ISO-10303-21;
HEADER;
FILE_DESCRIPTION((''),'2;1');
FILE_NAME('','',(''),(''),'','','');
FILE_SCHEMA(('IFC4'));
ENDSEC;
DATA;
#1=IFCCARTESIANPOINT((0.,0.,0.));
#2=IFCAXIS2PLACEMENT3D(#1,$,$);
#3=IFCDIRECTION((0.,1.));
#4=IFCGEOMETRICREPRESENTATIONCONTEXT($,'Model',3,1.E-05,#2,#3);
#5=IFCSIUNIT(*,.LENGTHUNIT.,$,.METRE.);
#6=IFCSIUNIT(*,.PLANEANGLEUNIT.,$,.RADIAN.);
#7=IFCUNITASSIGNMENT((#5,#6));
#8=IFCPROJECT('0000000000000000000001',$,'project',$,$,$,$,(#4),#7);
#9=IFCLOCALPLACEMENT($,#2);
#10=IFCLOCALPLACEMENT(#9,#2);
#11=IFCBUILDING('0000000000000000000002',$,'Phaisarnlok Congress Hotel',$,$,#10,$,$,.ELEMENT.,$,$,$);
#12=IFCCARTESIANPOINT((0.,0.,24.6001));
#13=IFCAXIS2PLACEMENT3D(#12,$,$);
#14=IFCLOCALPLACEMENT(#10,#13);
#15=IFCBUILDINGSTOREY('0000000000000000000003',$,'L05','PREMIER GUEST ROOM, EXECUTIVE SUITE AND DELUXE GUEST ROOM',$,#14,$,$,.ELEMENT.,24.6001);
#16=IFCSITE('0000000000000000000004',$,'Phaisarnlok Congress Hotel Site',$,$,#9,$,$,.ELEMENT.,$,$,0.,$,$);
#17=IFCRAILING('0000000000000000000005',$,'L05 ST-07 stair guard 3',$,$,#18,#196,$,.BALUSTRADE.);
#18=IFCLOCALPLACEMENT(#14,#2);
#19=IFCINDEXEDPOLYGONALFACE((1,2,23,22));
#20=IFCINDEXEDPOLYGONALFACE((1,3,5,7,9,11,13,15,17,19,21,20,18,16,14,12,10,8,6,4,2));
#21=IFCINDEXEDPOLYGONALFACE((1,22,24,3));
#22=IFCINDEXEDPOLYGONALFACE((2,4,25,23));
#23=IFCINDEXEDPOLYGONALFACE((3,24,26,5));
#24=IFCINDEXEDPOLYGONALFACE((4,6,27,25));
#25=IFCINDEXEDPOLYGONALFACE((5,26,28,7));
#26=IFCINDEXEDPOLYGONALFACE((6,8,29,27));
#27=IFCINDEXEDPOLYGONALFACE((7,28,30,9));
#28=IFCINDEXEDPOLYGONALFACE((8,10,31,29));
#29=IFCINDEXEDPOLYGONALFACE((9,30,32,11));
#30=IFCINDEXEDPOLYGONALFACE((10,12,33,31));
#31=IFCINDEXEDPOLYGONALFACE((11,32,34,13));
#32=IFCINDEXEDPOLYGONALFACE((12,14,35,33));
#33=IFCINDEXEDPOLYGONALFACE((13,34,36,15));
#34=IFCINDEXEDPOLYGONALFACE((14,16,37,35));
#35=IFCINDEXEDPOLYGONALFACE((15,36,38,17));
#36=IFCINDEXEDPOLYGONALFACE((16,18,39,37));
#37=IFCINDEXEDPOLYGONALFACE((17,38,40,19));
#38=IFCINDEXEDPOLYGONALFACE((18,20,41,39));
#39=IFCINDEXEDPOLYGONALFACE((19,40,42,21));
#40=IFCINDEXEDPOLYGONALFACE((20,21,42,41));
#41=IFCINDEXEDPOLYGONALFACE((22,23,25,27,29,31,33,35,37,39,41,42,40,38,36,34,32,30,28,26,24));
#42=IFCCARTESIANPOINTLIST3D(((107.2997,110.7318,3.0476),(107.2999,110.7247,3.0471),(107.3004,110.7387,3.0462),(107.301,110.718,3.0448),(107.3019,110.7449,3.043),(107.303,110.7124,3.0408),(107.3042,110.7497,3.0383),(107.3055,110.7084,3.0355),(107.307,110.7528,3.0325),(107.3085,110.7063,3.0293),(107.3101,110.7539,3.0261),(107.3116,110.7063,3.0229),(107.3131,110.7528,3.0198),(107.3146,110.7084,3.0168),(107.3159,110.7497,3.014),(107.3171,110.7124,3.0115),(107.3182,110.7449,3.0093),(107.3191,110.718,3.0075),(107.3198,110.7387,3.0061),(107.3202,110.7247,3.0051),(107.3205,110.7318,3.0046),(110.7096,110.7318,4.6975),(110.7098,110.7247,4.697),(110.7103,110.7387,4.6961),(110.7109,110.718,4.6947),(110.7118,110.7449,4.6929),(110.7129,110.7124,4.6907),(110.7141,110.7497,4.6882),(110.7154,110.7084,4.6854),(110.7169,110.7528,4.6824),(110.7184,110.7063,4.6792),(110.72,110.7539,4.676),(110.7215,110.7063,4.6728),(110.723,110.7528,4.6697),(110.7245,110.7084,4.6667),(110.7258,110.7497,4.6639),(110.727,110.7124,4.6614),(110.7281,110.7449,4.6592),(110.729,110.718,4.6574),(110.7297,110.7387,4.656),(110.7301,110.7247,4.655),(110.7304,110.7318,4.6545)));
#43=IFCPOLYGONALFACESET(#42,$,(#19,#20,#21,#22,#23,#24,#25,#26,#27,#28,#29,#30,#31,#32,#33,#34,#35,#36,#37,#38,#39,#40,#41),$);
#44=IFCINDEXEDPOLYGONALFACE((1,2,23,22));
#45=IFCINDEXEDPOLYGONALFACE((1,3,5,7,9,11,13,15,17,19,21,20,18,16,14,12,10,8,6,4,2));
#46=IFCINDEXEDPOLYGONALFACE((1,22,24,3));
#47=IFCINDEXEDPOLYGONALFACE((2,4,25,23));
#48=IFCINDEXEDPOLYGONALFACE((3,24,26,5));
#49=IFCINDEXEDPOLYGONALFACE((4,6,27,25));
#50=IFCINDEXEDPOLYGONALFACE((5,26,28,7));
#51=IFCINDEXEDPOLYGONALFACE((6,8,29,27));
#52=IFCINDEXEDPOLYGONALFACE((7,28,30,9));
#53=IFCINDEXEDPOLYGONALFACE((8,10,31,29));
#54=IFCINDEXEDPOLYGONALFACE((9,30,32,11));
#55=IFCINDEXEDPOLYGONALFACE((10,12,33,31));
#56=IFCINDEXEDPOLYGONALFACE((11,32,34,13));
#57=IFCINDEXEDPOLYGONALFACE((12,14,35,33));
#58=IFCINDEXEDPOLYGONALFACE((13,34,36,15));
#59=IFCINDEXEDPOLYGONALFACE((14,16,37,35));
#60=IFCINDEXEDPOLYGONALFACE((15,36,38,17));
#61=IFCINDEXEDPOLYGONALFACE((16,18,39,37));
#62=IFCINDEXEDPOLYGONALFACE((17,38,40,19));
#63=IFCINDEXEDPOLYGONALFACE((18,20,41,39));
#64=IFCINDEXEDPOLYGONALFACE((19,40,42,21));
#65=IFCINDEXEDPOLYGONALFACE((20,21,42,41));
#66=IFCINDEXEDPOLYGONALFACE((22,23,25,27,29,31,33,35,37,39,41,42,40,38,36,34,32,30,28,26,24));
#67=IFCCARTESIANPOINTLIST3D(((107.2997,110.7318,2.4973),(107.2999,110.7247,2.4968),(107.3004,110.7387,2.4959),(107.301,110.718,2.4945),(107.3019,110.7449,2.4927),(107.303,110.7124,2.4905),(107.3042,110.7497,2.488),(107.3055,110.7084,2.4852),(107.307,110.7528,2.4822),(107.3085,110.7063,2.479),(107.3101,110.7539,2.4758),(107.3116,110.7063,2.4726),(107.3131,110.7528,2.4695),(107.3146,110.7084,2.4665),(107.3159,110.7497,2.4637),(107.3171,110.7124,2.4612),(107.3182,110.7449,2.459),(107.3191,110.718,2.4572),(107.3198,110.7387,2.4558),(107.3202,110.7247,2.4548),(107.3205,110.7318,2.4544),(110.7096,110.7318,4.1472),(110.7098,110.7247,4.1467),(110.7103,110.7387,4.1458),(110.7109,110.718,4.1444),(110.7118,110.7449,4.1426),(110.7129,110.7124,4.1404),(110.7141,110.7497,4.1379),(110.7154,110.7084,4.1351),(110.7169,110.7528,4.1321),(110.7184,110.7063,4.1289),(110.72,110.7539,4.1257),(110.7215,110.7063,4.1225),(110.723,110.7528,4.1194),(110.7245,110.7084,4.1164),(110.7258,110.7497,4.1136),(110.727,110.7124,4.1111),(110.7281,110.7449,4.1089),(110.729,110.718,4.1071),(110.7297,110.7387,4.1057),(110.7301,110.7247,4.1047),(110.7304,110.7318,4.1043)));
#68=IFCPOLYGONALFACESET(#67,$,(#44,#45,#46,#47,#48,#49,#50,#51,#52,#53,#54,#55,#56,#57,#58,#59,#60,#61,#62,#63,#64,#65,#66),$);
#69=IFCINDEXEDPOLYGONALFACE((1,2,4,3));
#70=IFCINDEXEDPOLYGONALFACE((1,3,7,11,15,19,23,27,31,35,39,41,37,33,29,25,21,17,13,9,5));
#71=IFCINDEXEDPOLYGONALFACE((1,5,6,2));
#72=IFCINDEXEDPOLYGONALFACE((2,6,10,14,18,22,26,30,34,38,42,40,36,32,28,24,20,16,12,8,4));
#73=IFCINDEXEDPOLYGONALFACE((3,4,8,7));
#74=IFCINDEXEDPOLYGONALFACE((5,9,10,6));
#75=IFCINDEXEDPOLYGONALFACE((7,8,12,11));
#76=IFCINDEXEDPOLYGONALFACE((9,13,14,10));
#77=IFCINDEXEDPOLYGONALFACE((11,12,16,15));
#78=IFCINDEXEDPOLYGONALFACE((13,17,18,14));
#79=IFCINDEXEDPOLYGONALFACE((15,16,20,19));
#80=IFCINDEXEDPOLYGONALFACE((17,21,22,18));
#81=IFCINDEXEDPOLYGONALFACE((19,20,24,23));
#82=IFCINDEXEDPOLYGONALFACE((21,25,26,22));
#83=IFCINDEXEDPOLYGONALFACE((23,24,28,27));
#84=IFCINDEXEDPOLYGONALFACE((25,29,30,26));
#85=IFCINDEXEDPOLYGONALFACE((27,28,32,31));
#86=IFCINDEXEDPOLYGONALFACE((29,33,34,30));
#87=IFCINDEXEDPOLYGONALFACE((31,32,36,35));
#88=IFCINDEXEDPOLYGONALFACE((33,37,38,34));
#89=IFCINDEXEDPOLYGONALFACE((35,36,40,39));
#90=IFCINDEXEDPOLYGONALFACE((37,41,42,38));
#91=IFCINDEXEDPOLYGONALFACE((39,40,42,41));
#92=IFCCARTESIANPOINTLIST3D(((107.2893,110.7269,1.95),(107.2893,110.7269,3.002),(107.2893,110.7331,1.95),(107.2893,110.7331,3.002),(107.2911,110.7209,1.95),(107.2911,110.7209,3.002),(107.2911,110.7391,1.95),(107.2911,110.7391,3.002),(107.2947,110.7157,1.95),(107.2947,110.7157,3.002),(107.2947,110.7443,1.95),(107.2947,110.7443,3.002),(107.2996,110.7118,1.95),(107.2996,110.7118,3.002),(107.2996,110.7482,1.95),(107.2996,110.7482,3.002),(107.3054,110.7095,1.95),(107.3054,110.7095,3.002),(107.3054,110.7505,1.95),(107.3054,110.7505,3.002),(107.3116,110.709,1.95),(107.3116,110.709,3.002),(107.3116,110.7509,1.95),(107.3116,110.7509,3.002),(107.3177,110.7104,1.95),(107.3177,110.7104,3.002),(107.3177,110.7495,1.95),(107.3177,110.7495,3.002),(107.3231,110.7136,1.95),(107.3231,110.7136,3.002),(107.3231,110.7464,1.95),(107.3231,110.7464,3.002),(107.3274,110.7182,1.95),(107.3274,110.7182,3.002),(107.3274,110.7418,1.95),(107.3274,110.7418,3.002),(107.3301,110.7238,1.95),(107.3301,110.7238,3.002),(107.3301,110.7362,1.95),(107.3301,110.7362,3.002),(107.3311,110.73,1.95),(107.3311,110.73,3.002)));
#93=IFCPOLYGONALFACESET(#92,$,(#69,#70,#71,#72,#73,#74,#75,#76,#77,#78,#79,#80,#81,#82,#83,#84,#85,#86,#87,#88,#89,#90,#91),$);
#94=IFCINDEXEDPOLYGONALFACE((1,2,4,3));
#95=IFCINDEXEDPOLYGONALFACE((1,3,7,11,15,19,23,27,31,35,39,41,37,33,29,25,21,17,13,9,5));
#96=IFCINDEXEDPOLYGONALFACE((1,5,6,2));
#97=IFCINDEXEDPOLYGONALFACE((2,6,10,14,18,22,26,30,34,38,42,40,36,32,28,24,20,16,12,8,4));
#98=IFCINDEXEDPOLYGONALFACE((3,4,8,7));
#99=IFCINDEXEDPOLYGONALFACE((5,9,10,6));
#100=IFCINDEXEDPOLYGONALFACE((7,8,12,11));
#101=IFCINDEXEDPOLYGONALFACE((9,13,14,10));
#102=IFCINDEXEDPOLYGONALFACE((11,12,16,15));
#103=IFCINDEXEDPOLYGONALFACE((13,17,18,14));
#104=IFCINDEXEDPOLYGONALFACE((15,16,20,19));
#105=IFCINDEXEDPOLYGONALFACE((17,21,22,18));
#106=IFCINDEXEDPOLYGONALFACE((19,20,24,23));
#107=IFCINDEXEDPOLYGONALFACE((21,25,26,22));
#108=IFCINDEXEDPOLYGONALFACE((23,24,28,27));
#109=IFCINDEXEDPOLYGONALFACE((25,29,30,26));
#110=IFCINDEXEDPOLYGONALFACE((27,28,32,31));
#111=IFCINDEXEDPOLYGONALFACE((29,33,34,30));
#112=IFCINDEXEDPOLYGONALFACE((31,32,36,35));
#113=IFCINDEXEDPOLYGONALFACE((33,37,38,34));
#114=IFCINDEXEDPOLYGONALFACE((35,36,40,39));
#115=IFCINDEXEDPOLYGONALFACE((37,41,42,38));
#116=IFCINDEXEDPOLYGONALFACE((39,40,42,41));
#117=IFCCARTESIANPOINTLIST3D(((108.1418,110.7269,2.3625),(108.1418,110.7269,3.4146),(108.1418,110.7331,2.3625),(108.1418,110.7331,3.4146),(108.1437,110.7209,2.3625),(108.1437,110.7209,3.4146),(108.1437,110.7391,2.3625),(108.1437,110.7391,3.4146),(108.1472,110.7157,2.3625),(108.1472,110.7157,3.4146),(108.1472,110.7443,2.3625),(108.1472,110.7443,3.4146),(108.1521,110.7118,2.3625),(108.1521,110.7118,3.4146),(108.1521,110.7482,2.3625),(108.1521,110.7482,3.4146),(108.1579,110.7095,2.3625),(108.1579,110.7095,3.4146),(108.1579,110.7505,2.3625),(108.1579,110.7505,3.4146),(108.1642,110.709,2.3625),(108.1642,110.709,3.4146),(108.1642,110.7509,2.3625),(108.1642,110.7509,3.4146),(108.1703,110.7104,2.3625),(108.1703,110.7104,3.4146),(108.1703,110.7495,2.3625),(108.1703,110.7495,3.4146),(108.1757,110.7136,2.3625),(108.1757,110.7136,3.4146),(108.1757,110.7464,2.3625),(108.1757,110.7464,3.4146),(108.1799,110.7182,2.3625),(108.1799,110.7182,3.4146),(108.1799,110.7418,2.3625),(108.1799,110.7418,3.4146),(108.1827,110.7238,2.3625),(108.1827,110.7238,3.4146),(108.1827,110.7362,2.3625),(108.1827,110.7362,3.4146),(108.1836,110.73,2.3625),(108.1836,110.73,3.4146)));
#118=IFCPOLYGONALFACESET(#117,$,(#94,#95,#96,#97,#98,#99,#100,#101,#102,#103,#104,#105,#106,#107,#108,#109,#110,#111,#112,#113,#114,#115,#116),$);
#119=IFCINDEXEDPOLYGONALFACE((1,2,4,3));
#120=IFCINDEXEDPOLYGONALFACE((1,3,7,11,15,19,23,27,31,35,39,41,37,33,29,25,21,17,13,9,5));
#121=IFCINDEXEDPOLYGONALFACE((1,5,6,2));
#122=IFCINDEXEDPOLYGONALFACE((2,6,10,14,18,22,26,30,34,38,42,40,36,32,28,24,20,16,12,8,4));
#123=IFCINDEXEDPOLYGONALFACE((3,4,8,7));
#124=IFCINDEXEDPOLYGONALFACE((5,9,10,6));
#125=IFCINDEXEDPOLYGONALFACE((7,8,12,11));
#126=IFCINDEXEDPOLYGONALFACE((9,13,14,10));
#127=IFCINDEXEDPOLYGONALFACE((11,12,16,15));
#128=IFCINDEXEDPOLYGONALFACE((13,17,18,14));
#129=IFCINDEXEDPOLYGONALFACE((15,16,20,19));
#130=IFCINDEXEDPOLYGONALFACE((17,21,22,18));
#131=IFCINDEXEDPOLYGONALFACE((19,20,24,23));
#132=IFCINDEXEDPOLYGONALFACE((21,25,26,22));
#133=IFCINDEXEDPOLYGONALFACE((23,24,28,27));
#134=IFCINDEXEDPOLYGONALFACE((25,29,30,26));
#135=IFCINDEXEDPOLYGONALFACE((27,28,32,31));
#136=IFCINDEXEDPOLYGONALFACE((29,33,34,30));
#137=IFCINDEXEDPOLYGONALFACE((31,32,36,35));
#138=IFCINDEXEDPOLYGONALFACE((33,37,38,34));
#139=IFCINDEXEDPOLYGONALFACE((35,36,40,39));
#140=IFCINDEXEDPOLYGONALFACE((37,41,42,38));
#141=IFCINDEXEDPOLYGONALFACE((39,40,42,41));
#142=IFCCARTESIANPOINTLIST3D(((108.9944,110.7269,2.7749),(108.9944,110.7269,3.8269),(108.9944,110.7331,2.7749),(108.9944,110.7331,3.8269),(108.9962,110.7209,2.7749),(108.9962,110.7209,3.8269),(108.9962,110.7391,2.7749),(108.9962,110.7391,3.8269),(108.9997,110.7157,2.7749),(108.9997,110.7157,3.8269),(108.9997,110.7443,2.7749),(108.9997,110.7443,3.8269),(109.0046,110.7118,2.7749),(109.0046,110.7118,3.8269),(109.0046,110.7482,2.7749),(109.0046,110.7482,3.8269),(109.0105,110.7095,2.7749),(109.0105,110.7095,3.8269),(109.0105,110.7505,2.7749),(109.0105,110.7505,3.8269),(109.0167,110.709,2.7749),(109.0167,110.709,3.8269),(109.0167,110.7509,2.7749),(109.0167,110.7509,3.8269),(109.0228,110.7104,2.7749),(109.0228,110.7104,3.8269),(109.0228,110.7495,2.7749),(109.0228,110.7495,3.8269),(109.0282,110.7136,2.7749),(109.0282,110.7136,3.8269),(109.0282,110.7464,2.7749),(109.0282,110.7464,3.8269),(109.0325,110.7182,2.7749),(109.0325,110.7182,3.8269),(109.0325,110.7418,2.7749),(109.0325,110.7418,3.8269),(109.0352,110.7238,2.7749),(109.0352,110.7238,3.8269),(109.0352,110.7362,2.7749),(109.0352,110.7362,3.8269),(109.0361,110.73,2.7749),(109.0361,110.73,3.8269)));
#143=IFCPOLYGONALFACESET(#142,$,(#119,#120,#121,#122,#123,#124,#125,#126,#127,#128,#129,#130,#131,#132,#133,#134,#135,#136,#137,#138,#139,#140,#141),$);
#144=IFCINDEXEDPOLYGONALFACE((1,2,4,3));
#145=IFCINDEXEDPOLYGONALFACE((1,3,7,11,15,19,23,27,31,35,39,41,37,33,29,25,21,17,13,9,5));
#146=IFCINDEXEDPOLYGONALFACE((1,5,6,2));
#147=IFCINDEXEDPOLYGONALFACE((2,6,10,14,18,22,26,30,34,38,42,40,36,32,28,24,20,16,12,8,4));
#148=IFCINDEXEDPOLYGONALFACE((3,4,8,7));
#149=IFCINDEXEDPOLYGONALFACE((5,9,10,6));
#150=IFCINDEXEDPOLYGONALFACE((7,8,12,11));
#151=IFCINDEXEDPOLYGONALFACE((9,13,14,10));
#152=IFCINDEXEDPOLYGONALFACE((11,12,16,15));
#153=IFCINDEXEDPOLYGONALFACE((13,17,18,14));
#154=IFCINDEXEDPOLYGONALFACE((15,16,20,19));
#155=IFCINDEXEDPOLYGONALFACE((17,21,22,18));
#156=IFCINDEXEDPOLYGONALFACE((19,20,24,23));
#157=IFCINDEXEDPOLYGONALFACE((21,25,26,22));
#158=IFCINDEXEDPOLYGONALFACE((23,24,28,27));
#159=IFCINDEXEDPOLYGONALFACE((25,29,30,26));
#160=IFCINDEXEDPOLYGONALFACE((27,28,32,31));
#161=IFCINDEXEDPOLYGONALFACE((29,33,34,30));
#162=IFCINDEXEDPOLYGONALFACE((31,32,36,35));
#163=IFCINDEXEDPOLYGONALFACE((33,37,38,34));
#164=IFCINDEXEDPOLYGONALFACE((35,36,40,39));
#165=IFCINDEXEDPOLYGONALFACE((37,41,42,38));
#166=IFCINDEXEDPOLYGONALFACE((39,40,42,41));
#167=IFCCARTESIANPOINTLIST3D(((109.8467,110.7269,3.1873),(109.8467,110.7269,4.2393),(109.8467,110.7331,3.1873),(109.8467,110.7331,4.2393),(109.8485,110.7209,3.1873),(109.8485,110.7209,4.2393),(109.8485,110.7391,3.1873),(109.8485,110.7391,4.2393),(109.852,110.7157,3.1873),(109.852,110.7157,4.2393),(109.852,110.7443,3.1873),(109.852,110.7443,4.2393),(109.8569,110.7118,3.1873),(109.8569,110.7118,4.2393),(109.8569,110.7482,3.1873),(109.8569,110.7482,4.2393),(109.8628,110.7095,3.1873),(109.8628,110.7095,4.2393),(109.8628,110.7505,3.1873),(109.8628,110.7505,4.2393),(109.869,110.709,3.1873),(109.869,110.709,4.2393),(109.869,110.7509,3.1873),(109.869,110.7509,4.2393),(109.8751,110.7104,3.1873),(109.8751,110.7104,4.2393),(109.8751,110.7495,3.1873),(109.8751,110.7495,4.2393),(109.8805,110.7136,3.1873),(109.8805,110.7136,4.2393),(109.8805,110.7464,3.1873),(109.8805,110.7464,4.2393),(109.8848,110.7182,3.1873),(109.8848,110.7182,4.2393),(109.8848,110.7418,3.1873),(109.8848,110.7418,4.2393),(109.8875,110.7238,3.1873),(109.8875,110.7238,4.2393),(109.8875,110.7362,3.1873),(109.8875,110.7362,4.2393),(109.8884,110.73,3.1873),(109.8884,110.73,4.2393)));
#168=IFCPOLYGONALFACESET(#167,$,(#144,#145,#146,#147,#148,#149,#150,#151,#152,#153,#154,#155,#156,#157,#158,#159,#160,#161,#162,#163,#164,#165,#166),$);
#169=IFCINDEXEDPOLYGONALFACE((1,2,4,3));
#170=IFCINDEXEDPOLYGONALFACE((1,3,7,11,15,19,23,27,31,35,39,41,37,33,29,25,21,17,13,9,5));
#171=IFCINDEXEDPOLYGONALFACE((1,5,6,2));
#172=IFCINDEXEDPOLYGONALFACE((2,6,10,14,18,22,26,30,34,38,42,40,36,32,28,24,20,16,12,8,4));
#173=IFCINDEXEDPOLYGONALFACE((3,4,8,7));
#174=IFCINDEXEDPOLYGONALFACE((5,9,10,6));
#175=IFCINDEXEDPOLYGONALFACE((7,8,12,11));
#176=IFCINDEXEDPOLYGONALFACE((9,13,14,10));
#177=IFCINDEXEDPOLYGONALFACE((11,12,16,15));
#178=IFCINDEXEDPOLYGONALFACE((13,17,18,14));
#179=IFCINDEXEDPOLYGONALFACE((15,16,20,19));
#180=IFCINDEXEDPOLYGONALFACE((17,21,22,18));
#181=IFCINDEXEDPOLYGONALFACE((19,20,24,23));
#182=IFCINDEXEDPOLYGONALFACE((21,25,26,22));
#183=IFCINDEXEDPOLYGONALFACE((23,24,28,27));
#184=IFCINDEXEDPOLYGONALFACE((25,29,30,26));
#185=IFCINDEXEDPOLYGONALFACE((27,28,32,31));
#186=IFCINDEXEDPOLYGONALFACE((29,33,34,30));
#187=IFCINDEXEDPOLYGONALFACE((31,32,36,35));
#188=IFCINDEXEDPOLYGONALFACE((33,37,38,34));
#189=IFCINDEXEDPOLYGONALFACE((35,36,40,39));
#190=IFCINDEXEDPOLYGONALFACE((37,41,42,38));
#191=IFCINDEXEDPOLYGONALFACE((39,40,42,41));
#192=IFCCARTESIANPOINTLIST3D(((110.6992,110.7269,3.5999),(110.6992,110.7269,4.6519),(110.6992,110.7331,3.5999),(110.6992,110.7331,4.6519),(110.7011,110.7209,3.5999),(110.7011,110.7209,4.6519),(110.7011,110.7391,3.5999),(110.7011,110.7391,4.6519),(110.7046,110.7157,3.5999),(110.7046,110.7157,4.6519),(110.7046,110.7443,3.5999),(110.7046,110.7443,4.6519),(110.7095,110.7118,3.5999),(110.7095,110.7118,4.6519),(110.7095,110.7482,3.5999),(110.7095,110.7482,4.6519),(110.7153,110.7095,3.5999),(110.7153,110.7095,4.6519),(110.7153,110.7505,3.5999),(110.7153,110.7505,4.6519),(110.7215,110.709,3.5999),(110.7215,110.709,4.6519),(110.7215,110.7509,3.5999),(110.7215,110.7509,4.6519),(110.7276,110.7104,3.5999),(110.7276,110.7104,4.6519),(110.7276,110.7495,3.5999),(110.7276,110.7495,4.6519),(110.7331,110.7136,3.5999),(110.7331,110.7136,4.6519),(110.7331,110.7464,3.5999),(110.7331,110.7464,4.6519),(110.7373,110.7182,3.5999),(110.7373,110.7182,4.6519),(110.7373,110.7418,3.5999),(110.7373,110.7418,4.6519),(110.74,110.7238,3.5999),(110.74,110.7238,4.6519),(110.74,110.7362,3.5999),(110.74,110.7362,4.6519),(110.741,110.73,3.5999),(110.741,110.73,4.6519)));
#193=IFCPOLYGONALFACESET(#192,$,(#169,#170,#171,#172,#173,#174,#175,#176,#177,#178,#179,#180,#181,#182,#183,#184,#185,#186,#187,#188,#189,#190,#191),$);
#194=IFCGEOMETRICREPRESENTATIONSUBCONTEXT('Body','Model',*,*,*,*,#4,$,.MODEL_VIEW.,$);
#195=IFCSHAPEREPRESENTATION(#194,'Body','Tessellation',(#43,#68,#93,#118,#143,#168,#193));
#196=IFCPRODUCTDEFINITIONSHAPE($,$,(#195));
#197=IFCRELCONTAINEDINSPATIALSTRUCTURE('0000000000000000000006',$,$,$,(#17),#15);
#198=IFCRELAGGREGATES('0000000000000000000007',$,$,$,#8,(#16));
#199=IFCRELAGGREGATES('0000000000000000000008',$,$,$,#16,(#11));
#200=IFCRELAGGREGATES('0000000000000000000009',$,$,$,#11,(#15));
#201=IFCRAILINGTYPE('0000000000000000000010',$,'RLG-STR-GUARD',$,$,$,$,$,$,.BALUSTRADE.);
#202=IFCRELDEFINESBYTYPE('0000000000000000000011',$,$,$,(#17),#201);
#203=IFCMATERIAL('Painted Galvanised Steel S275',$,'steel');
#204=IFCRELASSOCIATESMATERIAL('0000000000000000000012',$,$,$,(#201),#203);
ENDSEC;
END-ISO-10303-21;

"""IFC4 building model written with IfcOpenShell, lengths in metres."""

from ifc_helpers import new_model, si_unit, direction, frame, origin, origin_2d, place, context, subcontext, project, spatial, circle, extrude, material, type_object, element, save


model = new_model("IFC4")

# Units and contexts
model_context = context("Model", 3, precision=1e-05, world=origin(), true_north=direction((0.0, 1.0)))
body_context = subcontext(model_context, "Body", "Model", "MODEL_VIEW")
ifc_project = project(units=[si_unit("LENGTHUNIT", "METRE"), si_unit("PLANEANGLEUNIT", "RADIAN")], contexts=[model_context])

# Site, building, storey
site_placement = place(None, origin())
site = spatial("IfcSite", under=ifc_project, at=site_placement, Name="Phaisarnlok Congress Hotel Site", CompositionType="ELEMENT", RefElevation=0.0)
building_placement = place(site_placement, origin())
building = spatial("IfcBuilding", under=site, at=building_placement, Name="Phaisarnlok Congress Hotel", CompositionType="ELEMENT")
storey_placement = place(building_placement, frame((0.0, 0.0, 24.6001)))
storey = spatial("IfcBuildingStorey", under=building, at=storey_placement, Name="L05", Description="PREMIER GUEST ROOM, EXECUTIVE SUITE AND DELUXE GUEST ROOM", CompositionType="ELEMENT", Elevation=24.6001)

# Railing
ifc_material_1 = material(Name="Painted Galvanised Steel S275", Category="steel")
railing_type_1 = type_object("IfcRailingType", Name="RLG-STR-GUARD", PredefinedType="BALUSTRADE", material=ifc_material_1)
railing_1_placement = place(storey_placement, frame((107.3101, 110.73, 1.95)))
element("IfcRailing", 1, at=railing_1_placement, inside=storey, type_object=railing_type_1, Name="L05 ST-07 stair guard 3", PredefinedType="BALUSTRADE", context=body_context, shape_type="SweptSolid", body=[
    extrude(circle(Radius=0.0239, at=origin_2d()), frame((0.0, 0.0, 1.0762), z_axis=(0.900165, 0.0, 0.435549), x_axis=(0.0, 1.0, 0.0)), (0.0, 0.0, 1.0), 3.7881),
    extrude(circle(Radius=0.0239, at=origin_2d()), frame((0.0, 0.0, 0.5259), z_axis=(0.900165, 0.0, 0.435549), x_axis=(0.0, 1.0, 0.0)), (0.0, 0.0, 1.0), 3.7881),
    extrude(circle(Radius=0.021, at=origin_2d()), origin(), (0.0, 0.0, 1.0), 1.052),
    extrude(circle(Radius=0.021, at=origin_2d()), frame((0.8525, 0.0, 0.4126)), (0.0, 0.0, 1.0), 1.052),
    extrude(circle(Radius=0.021, at=origin_2d()), frame((1.7051, 0.0, 0.825)), (0.0, 0.0, 1.0), 1.052),
    extrude(circle(Radius=0.021, at=origin_2d()), frame((2.5574, 0.0, 1.2373)), (0.0, 0.0, 1.0), 1.052),
    extrude(circle(Radius=0.021, at=origin_2d()), frame((3.4099, 0.0, 1.6499)), (0.0, 0.0, 1.0), 1.052),
])

save(model, "model.ifc")
